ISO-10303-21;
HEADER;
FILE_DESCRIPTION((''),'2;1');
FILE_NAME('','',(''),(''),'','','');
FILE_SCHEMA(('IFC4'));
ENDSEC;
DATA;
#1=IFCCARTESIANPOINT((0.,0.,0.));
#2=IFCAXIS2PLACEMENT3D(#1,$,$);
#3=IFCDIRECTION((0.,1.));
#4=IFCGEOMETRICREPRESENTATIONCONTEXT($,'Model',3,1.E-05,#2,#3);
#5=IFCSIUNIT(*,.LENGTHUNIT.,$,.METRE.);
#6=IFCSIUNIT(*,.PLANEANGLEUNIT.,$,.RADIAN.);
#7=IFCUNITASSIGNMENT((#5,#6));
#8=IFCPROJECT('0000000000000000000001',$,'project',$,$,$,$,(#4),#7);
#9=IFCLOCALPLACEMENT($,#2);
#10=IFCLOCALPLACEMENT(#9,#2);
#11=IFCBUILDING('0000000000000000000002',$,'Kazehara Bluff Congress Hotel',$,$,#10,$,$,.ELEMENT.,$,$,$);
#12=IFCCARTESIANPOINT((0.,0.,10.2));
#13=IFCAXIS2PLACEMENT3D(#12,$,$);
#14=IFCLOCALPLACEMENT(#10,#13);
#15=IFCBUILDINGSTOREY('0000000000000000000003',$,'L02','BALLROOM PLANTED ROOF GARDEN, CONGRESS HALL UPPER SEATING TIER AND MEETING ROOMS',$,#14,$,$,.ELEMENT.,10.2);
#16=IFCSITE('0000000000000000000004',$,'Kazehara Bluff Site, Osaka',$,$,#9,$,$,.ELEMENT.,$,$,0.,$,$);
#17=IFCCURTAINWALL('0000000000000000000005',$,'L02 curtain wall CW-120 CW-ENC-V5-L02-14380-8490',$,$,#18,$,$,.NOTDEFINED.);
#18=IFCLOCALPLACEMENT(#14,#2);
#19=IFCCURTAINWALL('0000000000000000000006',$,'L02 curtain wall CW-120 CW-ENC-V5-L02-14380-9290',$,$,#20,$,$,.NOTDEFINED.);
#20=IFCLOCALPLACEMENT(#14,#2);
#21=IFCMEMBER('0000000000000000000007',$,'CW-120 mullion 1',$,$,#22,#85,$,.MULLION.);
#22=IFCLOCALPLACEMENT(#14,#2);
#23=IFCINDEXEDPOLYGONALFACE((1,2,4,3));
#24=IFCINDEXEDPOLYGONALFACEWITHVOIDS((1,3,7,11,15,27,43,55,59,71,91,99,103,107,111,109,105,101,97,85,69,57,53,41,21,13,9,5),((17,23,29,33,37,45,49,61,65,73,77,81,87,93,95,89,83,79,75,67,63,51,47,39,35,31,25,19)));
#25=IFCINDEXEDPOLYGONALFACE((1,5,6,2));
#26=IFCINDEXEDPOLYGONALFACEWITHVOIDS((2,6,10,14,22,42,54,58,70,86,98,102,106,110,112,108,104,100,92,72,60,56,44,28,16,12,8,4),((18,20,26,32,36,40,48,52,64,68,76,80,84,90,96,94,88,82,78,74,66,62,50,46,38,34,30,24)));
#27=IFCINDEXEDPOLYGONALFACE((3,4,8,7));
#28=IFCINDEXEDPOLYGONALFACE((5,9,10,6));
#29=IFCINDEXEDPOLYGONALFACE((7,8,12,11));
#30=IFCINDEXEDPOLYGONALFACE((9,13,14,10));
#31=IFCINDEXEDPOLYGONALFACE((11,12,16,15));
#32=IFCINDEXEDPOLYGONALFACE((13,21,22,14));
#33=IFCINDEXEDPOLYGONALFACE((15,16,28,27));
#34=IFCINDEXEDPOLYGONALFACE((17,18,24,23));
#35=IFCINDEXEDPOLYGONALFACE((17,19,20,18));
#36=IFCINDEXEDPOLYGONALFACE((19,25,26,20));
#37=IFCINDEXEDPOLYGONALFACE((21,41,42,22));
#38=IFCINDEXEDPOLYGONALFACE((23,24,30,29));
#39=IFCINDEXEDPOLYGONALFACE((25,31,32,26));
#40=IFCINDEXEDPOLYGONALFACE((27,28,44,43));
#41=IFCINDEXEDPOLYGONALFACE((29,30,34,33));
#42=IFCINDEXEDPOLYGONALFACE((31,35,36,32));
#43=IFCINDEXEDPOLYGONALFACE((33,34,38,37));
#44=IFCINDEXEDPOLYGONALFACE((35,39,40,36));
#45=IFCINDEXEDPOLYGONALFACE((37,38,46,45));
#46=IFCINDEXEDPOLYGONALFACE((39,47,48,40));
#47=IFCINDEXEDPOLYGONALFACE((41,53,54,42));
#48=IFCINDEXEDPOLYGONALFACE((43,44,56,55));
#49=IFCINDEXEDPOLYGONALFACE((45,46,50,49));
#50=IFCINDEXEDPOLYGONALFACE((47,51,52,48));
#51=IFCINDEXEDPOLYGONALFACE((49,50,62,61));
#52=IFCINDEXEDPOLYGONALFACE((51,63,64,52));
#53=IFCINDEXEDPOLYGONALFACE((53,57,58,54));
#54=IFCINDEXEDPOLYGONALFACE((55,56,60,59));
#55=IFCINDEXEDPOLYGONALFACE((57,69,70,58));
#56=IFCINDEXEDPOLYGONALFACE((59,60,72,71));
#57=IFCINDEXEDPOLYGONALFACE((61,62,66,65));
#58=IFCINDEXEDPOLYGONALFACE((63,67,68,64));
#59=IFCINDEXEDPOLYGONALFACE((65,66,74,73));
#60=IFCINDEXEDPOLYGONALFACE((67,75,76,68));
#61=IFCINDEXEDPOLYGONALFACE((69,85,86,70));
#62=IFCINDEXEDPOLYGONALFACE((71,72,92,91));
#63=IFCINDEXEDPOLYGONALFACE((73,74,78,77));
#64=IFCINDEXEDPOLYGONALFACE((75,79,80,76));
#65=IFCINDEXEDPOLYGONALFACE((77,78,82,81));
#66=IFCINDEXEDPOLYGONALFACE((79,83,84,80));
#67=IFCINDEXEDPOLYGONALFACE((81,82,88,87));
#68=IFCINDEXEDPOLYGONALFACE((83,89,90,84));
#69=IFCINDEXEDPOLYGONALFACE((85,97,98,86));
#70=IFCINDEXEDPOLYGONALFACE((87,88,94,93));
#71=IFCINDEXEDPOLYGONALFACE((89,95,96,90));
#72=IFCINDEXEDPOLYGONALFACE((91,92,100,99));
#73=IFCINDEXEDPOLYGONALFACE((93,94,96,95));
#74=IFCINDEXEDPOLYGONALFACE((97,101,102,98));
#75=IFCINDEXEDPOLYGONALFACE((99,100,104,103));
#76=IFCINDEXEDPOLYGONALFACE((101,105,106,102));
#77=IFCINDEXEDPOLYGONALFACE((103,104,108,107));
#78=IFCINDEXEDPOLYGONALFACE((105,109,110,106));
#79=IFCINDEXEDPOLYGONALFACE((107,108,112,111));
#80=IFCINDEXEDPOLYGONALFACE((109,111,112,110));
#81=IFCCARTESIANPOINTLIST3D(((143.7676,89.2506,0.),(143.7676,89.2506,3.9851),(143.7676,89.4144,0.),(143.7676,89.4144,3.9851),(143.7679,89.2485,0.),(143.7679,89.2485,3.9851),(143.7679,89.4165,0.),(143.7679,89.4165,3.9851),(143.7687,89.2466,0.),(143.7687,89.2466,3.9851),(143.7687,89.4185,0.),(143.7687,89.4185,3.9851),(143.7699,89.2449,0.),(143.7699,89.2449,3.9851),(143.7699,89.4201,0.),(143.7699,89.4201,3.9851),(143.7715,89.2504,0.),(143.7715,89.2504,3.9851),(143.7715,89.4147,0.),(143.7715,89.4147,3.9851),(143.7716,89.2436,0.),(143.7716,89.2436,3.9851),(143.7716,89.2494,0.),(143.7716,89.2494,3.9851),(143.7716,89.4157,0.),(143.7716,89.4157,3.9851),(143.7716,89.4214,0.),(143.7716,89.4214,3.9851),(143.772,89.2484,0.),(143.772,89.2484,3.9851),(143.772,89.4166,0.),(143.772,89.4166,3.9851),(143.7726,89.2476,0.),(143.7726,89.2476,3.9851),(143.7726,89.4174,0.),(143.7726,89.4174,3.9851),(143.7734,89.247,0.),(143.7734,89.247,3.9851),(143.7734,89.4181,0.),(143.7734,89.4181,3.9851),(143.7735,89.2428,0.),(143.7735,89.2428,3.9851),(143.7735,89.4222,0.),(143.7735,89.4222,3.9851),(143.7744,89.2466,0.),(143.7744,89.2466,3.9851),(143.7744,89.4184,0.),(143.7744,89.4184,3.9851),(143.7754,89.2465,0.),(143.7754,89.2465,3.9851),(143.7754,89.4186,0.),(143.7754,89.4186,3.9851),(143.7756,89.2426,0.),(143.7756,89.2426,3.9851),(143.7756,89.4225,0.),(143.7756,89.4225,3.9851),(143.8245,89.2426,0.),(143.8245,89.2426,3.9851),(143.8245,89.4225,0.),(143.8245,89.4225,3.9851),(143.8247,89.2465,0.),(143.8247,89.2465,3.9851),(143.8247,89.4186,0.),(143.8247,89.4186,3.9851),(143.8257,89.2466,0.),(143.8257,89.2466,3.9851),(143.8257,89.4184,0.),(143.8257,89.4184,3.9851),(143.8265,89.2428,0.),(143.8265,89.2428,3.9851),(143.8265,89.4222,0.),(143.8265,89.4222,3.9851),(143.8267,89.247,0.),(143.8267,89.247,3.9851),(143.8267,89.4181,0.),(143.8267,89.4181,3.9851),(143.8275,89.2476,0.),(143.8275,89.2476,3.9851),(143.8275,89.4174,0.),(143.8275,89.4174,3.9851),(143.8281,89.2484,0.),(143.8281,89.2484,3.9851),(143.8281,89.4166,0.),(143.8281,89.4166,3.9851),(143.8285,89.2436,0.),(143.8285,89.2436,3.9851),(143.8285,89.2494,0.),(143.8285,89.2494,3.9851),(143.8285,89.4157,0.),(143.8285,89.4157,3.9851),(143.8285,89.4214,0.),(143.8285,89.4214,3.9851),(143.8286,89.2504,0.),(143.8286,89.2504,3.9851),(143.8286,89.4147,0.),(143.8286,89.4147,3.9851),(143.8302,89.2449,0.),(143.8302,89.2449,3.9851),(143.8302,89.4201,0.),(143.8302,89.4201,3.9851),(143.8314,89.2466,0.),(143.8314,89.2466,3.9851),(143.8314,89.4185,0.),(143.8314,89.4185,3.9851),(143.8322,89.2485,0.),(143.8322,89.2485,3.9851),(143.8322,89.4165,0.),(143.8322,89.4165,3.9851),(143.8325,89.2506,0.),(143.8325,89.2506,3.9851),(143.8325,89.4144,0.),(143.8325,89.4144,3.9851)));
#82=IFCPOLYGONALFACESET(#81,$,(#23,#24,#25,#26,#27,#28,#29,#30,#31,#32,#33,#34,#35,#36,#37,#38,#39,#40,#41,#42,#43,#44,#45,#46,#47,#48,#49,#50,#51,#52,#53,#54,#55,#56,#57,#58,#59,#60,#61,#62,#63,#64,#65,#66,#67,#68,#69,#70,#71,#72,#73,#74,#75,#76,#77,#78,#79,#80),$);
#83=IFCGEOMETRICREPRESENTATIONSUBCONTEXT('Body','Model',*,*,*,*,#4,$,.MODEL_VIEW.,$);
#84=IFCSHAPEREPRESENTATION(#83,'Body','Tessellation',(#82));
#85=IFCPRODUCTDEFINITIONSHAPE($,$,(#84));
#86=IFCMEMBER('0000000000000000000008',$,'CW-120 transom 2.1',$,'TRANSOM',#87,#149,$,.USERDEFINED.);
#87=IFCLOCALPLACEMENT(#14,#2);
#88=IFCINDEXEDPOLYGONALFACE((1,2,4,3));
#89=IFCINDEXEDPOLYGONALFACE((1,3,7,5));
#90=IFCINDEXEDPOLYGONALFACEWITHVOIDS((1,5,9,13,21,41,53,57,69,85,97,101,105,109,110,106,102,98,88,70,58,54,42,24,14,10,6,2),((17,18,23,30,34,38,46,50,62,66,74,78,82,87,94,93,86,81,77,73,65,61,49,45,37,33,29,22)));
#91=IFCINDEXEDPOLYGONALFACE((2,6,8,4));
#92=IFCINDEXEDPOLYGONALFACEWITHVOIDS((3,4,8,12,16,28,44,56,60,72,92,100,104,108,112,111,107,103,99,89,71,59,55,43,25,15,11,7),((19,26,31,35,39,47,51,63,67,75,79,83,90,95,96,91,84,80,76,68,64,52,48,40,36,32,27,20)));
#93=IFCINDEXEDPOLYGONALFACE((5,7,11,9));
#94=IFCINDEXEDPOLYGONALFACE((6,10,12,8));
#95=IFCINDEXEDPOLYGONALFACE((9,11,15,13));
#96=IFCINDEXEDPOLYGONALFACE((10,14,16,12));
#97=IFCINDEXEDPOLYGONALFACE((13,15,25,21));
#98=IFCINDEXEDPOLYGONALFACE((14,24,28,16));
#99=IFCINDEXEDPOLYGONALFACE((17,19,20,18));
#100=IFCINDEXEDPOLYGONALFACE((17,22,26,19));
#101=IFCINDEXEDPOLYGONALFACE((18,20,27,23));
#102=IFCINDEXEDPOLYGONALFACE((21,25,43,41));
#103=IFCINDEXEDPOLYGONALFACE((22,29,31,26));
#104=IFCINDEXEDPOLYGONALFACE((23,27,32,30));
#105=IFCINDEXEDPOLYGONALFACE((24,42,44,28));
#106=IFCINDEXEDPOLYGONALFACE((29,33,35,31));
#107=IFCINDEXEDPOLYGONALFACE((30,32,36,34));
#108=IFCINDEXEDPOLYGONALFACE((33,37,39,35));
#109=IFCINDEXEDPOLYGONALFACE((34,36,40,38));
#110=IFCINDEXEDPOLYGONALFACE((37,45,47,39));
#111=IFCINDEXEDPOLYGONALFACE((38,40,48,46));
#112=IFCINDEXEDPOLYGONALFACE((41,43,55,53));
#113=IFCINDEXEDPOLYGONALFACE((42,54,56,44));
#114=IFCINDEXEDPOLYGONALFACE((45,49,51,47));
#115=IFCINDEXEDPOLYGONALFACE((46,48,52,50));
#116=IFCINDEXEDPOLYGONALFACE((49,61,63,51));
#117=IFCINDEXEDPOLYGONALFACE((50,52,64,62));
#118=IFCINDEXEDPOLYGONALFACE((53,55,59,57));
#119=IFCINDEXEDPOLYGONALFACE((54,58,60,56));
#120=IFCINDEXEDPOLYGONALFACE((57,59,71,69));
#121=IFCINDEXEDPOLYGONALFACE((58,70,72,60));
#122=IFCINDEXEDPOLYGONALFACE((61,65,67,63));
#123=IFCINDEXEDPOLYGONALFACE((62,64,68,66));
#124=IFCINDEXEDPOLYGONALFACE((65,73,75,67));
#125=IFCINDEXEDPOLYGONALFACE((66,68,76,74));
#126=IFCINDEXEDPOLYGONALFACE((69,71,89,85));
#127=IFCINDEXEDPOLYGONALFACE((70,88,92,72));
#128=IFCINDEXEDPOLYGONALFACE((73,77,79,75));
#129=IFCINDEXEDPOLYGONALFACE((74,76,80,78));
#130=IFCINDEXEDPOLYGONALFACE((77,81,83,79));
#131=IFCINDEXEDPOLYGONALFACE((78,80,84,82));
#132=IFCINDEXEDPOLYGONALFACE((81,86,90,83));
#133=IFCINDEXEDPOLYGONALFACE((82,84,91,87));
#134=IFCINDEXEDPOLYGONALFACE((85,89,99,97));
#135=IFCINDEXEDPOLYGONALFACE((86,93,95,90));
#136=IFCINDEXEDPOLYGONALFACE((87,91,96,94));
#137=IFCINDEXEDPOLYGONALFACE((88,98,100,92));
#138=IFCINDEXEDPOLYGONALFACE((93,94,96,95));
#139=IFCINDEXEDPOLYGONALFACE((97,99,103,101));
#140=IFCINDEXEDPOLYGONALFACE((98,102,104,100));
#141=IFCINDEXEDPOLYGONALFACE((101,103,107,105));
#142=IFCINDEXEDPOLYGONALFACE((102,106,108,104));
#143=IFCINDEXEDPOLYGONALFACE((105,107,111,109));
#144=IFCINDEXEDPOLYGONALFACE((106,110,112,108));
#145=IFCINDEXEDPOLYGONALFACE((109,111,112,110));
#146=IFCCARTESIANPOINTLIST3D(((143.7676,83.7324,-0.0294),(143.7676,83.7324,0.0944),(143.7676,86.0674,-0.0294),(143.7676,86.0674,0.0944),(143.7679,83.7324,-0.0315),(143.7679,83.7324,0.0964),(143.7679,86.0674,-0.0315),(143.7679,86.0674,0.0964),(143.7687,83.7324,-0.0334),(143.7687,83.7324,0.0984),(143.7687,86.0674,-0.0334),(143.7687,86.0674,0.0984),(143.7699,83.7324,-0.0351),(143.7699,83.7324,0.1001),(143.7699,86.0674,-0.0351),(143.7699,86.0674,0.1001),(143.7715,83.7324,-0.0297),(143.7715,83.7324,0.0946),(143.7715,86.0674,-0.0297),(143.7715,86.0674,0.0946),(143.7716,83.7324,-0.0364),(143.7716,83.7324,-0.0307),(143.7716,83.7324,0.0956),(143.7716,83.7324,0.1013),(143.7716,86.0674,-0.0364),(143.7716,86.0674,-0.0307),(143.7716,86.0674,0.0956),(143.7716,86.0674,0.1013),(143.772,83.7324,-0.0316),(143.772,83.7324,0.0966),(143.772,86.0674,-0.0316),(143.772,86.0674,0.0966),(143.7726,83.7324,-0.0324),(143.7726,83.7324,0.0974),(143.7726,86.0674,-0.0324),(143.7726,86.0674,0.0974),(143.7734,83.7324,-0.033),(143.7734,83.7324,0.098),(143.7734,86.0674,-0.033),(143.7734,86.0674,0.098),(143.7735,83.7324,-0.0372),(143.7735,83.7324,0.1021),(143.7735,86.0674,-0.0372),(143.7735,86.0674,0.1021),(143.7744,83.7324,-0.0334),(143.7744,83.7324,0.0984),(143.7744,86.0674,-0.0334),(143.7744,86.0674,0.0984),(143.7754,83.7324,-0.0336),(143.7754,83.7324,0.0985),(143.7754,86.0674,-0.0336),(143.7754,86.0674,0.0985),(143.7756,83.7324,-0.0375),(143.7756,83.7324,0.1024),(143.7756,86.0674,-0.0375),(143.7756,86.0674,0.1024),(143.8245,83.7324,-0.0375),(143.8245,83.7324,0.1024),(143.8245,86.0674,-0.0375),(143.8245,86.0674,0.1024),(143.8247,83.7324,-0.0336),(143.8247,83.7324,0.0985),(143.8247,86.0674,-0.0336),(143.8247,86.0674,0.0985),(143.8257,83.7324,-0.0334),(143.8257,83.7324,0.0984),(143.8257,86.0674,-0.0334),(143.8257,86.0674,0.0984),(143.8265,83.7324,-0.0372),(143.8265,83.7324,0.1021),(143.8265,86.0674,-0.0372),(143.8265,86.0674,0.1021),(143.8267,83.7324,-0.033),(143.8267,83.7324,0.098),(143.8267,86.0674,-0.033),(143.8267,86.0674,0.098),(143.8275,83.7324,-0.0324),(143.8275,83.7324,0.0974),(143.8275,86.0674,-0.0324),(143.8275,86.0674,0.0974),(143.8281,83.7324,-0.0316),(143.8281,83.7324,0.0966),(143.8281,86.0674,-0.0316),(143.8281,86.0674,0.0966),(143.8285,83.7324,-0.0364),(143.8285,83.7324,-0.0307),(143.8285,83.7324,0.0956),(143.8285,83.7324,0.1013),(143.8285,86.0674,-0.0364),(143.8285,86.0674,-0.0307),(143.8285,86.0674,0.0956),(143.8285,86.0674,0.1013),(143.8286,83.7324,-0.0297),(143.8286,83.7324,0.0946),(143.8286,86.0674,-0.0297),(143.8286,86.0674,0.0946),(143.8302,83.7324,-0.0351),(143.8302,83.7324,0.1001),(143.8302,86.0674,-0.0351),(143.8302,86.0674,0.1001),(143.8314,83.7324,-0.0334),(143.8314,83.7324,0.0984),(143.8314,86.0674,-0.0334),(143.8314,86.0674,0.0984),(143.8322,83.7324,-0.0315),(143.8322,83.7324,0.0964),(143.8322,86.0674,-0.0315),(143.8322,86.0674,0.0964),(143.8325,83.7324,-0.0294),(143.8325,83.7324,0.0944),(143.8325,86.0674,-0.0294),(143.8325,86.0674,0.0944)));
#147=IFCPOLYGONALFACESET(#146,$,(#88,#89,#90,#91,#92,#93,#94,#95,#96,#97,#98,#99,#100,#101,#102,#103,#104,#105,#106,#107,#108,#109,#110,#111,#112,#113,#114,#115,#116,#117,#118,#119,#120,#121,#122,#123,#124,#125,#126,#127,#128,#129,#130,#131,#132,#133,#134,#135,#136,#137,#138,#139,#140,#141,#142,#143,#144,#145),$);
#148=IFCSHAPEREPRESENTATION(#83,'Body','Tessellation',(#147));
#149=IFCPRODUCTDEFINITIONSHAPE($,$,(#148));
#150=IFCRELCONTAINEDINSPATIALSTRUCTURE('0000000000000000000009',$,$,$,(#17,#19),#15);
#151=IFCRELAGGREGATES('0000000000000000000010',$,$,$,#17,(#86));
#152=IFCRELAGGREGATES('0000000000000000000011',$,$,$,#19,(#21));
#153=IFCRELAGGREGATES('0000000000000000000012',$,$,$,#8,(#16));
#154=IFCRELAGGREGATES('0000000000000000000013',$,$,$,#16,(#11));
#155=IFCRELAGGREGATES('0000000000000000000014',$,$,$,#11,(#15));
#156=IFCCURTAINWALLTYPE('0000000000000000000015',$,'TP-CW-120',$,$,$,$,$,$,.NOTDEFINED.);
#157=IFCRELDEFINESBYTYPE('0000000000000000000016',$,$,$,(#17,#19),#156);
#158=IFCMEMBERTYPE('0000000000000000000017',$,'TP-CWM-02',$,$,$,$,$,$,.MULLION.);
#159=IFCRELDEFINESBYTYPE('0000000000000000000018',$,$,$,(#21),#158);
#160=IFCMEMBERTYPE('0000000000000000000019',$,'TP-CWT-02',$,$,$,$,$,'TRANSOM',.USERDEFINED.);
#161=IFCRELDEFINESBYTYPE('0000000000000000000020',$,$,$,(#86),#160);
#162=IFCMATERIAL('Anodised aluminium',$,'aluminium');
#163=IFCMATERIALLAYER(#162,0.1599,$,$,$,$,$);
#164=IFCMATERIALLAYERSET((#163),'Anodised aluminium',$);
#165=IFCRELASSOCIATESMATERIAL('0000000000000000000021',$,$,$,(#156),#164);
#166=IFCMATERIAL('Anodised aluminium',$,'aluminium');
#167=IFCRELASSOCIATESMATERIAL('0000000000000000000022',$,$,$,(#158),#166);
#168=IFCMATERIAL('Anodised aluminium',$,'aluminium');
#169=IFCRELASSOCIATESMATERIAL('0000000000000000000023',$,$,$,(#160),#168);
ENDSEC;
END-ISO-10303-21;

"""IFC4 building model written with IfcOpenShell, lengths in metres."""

from ifc_helpers import new_model, si_unit, direction, frame, origin, origin_2d, place, context, subcontext, project, spatial, hollow_rectangle, extrude, material, layer, layer_set, material_profile, profile_set, type_object, element, aggregate, save


model = new_model("IFC4")

# Units and contexts
model_context = context("Model", 3, precision=1e-05, world=origin(), true_north=direction((0.0, 1.0)))
body_context = subcontext(model_context, "Body", "Model", "MODEL_VIEW")
ifc_project = project(units=[si_unit("LENGTHUNIT", "METRE"), si_unit("PLANEANGLEUNIT", "RADIAN")], contexts=[model_context])

# Site, building, storey
site_placement = place(None, origin())
site = spatial("IfcSite", under=ifc_project, at=site_placement, Name="Kazehara Bluff Site, Osaka", CompositionType="ELEMENT", RefElevation=0.0)
building_placement = place(site_placement, origin())
building = spatial("IfcBuilding", under=site, at=building_placement, Name="Kazehara Bluff Congress Hotel", CompositionType="ELEMENT")
storey_placement = place(building_placement, frame((0.0, 0.0, 10.2)))
storey = spatial("IfcBuildingStorey", under=building, at=storey_placement, Name="L02", Description="BALLROOM PLANTED ROOF GARDEN, CONGRESS HALL UPPER SEATING TIER AND MEETING ROOMS", CompositionType="ELEMENT", Elevation=10.2)

# Curtain wall
ifc_material_1 = material(Name="Anodised aluminium", Category="aluminium")
ifc_layer_1 = layer(ifc_material_1, 0.1599)
ifc_layer_set_1 = layer_set([ifc_layer_1], Name="Anodised aluminium")
curtain_wall_type = type_object("IfcCurtainWallType", Name="TP-CW-120", PredefinedType="NOTDEFINED", material=ifc_layer_set_1)
curtain_wall_1_placement = place(storey_placement, origin())
curtain_wall_1 = element("IfcCurtainWall", 1, at=curtain_wall_1_placement, inside=storey, type_object=curtain_wall_type, Name="L02 curtain wall CW-120 CW-ENC-V5-L02-14380-8490", PredefinedType="NOTDEFINED")
ifc_material_2 = material(Name="Anodised aluminium", Category="aluminium")
ifc_material_profile_1 = material_profile(ifc_material_2, hollow_rectangle(XDim=0.0649, YDim=0.1799, WallThickness=0.0039, InnerFilletRadius=0.0039, OuterFilletRadius=0.0081, at=origin_2d()))
ifc_profile_set_1 = profile_set([ifc_material_profile_1], Name="Anodised aluminium")
member_type_1 = type_object("IfcMemberType", Name="TP-CWM-02", PredefinedType="MULLION", material=ifc_profile_set_1)

# Curtain wall, member
curtain_wall_2_placement = place(storey_placement, origin())
curtain_wall_2 = element("IfcCurtainWall", 2, at=curtain_wall_2_placement, inside=storey, type_object=curtain_wall_type, Name="L02 curtain wall CW-120 CW-ENC-V5-L02-14380-9290", PredefinedType="NOTDEFINED")
member_1_placement = place(storey_placement, frame((143.8, 89.3325, 0.0), z_axis=(0.0, 0.0, 1.0), x_axis=(-1.0, 0.0, 0.0)))
member_1 = element("IfcMember", 3, at=member_1_placement, type_object=member_type_1, Name="CW-120 mullion 1", PredefinedType="MULLION", context=body_context, shape_type="SweptSolid", body=[
    extrude(hollow_rectangle(XDim=0.0649, YDim=0.1799, WallThickness=0.0039, InnerFilletRadius=0.0039, OuterFilletRadius=0.0081, at=origin_2d()), origin(), (0.0, 0.0, 1.0), 3.9851),
])

# Member
ifc_material_3 = material(Name="Anodised aluminium", Category="aluminium")
ifc_material_profile_2 = material_profile(ifc_material_3, hollow_rectangle(XDim=0.0649, YDim=0.1399, WallThickness=0.0039, InnerFilletRadius=0.0039, OuterFilletRadius=0.0081, at=origin_2d()))
ifc_profile_set_2 = profile_set([ifc_material_profile_2], Name="Anodised aluminium")
member_type_2 = type_object("IfcMemberType", Name="TP-CWT-02", ElementType="TRANSOM", PredefinedType="USERDEFINED", material=ifc_profile_set_2)
member_2_placement = place(storey_placement, frame((143.8, 83.7324, 0.0325), z_axis=(0.0, 1.0, 0.0), x_axis=(-1.0, 0.0, 0.0)))
member_2 = element("IfcMember", 4, at=member_2_placement, type_object=member_type_2, Name="CW-120 transom 2.1", ObjectType="TRANSOM", PredefinedType="USERDEFINED", context=body_context, shape_type="SweptSolid", body=[
    extrude(hollow_rectangle(XDim=0.0649, YDim=0.1399, WallThickness=0.0039, InnerFilletRadius=0.0039, OuterFilletRadius=0.0081, at=origin_2d()), origin(), (0.0, 0.0, 1.0), 2.335),
])

aggregate(curtain_wall_1, [member_2])
aggregate(curtain_wall_2, [member_1])

save(model, "model.ifc")
